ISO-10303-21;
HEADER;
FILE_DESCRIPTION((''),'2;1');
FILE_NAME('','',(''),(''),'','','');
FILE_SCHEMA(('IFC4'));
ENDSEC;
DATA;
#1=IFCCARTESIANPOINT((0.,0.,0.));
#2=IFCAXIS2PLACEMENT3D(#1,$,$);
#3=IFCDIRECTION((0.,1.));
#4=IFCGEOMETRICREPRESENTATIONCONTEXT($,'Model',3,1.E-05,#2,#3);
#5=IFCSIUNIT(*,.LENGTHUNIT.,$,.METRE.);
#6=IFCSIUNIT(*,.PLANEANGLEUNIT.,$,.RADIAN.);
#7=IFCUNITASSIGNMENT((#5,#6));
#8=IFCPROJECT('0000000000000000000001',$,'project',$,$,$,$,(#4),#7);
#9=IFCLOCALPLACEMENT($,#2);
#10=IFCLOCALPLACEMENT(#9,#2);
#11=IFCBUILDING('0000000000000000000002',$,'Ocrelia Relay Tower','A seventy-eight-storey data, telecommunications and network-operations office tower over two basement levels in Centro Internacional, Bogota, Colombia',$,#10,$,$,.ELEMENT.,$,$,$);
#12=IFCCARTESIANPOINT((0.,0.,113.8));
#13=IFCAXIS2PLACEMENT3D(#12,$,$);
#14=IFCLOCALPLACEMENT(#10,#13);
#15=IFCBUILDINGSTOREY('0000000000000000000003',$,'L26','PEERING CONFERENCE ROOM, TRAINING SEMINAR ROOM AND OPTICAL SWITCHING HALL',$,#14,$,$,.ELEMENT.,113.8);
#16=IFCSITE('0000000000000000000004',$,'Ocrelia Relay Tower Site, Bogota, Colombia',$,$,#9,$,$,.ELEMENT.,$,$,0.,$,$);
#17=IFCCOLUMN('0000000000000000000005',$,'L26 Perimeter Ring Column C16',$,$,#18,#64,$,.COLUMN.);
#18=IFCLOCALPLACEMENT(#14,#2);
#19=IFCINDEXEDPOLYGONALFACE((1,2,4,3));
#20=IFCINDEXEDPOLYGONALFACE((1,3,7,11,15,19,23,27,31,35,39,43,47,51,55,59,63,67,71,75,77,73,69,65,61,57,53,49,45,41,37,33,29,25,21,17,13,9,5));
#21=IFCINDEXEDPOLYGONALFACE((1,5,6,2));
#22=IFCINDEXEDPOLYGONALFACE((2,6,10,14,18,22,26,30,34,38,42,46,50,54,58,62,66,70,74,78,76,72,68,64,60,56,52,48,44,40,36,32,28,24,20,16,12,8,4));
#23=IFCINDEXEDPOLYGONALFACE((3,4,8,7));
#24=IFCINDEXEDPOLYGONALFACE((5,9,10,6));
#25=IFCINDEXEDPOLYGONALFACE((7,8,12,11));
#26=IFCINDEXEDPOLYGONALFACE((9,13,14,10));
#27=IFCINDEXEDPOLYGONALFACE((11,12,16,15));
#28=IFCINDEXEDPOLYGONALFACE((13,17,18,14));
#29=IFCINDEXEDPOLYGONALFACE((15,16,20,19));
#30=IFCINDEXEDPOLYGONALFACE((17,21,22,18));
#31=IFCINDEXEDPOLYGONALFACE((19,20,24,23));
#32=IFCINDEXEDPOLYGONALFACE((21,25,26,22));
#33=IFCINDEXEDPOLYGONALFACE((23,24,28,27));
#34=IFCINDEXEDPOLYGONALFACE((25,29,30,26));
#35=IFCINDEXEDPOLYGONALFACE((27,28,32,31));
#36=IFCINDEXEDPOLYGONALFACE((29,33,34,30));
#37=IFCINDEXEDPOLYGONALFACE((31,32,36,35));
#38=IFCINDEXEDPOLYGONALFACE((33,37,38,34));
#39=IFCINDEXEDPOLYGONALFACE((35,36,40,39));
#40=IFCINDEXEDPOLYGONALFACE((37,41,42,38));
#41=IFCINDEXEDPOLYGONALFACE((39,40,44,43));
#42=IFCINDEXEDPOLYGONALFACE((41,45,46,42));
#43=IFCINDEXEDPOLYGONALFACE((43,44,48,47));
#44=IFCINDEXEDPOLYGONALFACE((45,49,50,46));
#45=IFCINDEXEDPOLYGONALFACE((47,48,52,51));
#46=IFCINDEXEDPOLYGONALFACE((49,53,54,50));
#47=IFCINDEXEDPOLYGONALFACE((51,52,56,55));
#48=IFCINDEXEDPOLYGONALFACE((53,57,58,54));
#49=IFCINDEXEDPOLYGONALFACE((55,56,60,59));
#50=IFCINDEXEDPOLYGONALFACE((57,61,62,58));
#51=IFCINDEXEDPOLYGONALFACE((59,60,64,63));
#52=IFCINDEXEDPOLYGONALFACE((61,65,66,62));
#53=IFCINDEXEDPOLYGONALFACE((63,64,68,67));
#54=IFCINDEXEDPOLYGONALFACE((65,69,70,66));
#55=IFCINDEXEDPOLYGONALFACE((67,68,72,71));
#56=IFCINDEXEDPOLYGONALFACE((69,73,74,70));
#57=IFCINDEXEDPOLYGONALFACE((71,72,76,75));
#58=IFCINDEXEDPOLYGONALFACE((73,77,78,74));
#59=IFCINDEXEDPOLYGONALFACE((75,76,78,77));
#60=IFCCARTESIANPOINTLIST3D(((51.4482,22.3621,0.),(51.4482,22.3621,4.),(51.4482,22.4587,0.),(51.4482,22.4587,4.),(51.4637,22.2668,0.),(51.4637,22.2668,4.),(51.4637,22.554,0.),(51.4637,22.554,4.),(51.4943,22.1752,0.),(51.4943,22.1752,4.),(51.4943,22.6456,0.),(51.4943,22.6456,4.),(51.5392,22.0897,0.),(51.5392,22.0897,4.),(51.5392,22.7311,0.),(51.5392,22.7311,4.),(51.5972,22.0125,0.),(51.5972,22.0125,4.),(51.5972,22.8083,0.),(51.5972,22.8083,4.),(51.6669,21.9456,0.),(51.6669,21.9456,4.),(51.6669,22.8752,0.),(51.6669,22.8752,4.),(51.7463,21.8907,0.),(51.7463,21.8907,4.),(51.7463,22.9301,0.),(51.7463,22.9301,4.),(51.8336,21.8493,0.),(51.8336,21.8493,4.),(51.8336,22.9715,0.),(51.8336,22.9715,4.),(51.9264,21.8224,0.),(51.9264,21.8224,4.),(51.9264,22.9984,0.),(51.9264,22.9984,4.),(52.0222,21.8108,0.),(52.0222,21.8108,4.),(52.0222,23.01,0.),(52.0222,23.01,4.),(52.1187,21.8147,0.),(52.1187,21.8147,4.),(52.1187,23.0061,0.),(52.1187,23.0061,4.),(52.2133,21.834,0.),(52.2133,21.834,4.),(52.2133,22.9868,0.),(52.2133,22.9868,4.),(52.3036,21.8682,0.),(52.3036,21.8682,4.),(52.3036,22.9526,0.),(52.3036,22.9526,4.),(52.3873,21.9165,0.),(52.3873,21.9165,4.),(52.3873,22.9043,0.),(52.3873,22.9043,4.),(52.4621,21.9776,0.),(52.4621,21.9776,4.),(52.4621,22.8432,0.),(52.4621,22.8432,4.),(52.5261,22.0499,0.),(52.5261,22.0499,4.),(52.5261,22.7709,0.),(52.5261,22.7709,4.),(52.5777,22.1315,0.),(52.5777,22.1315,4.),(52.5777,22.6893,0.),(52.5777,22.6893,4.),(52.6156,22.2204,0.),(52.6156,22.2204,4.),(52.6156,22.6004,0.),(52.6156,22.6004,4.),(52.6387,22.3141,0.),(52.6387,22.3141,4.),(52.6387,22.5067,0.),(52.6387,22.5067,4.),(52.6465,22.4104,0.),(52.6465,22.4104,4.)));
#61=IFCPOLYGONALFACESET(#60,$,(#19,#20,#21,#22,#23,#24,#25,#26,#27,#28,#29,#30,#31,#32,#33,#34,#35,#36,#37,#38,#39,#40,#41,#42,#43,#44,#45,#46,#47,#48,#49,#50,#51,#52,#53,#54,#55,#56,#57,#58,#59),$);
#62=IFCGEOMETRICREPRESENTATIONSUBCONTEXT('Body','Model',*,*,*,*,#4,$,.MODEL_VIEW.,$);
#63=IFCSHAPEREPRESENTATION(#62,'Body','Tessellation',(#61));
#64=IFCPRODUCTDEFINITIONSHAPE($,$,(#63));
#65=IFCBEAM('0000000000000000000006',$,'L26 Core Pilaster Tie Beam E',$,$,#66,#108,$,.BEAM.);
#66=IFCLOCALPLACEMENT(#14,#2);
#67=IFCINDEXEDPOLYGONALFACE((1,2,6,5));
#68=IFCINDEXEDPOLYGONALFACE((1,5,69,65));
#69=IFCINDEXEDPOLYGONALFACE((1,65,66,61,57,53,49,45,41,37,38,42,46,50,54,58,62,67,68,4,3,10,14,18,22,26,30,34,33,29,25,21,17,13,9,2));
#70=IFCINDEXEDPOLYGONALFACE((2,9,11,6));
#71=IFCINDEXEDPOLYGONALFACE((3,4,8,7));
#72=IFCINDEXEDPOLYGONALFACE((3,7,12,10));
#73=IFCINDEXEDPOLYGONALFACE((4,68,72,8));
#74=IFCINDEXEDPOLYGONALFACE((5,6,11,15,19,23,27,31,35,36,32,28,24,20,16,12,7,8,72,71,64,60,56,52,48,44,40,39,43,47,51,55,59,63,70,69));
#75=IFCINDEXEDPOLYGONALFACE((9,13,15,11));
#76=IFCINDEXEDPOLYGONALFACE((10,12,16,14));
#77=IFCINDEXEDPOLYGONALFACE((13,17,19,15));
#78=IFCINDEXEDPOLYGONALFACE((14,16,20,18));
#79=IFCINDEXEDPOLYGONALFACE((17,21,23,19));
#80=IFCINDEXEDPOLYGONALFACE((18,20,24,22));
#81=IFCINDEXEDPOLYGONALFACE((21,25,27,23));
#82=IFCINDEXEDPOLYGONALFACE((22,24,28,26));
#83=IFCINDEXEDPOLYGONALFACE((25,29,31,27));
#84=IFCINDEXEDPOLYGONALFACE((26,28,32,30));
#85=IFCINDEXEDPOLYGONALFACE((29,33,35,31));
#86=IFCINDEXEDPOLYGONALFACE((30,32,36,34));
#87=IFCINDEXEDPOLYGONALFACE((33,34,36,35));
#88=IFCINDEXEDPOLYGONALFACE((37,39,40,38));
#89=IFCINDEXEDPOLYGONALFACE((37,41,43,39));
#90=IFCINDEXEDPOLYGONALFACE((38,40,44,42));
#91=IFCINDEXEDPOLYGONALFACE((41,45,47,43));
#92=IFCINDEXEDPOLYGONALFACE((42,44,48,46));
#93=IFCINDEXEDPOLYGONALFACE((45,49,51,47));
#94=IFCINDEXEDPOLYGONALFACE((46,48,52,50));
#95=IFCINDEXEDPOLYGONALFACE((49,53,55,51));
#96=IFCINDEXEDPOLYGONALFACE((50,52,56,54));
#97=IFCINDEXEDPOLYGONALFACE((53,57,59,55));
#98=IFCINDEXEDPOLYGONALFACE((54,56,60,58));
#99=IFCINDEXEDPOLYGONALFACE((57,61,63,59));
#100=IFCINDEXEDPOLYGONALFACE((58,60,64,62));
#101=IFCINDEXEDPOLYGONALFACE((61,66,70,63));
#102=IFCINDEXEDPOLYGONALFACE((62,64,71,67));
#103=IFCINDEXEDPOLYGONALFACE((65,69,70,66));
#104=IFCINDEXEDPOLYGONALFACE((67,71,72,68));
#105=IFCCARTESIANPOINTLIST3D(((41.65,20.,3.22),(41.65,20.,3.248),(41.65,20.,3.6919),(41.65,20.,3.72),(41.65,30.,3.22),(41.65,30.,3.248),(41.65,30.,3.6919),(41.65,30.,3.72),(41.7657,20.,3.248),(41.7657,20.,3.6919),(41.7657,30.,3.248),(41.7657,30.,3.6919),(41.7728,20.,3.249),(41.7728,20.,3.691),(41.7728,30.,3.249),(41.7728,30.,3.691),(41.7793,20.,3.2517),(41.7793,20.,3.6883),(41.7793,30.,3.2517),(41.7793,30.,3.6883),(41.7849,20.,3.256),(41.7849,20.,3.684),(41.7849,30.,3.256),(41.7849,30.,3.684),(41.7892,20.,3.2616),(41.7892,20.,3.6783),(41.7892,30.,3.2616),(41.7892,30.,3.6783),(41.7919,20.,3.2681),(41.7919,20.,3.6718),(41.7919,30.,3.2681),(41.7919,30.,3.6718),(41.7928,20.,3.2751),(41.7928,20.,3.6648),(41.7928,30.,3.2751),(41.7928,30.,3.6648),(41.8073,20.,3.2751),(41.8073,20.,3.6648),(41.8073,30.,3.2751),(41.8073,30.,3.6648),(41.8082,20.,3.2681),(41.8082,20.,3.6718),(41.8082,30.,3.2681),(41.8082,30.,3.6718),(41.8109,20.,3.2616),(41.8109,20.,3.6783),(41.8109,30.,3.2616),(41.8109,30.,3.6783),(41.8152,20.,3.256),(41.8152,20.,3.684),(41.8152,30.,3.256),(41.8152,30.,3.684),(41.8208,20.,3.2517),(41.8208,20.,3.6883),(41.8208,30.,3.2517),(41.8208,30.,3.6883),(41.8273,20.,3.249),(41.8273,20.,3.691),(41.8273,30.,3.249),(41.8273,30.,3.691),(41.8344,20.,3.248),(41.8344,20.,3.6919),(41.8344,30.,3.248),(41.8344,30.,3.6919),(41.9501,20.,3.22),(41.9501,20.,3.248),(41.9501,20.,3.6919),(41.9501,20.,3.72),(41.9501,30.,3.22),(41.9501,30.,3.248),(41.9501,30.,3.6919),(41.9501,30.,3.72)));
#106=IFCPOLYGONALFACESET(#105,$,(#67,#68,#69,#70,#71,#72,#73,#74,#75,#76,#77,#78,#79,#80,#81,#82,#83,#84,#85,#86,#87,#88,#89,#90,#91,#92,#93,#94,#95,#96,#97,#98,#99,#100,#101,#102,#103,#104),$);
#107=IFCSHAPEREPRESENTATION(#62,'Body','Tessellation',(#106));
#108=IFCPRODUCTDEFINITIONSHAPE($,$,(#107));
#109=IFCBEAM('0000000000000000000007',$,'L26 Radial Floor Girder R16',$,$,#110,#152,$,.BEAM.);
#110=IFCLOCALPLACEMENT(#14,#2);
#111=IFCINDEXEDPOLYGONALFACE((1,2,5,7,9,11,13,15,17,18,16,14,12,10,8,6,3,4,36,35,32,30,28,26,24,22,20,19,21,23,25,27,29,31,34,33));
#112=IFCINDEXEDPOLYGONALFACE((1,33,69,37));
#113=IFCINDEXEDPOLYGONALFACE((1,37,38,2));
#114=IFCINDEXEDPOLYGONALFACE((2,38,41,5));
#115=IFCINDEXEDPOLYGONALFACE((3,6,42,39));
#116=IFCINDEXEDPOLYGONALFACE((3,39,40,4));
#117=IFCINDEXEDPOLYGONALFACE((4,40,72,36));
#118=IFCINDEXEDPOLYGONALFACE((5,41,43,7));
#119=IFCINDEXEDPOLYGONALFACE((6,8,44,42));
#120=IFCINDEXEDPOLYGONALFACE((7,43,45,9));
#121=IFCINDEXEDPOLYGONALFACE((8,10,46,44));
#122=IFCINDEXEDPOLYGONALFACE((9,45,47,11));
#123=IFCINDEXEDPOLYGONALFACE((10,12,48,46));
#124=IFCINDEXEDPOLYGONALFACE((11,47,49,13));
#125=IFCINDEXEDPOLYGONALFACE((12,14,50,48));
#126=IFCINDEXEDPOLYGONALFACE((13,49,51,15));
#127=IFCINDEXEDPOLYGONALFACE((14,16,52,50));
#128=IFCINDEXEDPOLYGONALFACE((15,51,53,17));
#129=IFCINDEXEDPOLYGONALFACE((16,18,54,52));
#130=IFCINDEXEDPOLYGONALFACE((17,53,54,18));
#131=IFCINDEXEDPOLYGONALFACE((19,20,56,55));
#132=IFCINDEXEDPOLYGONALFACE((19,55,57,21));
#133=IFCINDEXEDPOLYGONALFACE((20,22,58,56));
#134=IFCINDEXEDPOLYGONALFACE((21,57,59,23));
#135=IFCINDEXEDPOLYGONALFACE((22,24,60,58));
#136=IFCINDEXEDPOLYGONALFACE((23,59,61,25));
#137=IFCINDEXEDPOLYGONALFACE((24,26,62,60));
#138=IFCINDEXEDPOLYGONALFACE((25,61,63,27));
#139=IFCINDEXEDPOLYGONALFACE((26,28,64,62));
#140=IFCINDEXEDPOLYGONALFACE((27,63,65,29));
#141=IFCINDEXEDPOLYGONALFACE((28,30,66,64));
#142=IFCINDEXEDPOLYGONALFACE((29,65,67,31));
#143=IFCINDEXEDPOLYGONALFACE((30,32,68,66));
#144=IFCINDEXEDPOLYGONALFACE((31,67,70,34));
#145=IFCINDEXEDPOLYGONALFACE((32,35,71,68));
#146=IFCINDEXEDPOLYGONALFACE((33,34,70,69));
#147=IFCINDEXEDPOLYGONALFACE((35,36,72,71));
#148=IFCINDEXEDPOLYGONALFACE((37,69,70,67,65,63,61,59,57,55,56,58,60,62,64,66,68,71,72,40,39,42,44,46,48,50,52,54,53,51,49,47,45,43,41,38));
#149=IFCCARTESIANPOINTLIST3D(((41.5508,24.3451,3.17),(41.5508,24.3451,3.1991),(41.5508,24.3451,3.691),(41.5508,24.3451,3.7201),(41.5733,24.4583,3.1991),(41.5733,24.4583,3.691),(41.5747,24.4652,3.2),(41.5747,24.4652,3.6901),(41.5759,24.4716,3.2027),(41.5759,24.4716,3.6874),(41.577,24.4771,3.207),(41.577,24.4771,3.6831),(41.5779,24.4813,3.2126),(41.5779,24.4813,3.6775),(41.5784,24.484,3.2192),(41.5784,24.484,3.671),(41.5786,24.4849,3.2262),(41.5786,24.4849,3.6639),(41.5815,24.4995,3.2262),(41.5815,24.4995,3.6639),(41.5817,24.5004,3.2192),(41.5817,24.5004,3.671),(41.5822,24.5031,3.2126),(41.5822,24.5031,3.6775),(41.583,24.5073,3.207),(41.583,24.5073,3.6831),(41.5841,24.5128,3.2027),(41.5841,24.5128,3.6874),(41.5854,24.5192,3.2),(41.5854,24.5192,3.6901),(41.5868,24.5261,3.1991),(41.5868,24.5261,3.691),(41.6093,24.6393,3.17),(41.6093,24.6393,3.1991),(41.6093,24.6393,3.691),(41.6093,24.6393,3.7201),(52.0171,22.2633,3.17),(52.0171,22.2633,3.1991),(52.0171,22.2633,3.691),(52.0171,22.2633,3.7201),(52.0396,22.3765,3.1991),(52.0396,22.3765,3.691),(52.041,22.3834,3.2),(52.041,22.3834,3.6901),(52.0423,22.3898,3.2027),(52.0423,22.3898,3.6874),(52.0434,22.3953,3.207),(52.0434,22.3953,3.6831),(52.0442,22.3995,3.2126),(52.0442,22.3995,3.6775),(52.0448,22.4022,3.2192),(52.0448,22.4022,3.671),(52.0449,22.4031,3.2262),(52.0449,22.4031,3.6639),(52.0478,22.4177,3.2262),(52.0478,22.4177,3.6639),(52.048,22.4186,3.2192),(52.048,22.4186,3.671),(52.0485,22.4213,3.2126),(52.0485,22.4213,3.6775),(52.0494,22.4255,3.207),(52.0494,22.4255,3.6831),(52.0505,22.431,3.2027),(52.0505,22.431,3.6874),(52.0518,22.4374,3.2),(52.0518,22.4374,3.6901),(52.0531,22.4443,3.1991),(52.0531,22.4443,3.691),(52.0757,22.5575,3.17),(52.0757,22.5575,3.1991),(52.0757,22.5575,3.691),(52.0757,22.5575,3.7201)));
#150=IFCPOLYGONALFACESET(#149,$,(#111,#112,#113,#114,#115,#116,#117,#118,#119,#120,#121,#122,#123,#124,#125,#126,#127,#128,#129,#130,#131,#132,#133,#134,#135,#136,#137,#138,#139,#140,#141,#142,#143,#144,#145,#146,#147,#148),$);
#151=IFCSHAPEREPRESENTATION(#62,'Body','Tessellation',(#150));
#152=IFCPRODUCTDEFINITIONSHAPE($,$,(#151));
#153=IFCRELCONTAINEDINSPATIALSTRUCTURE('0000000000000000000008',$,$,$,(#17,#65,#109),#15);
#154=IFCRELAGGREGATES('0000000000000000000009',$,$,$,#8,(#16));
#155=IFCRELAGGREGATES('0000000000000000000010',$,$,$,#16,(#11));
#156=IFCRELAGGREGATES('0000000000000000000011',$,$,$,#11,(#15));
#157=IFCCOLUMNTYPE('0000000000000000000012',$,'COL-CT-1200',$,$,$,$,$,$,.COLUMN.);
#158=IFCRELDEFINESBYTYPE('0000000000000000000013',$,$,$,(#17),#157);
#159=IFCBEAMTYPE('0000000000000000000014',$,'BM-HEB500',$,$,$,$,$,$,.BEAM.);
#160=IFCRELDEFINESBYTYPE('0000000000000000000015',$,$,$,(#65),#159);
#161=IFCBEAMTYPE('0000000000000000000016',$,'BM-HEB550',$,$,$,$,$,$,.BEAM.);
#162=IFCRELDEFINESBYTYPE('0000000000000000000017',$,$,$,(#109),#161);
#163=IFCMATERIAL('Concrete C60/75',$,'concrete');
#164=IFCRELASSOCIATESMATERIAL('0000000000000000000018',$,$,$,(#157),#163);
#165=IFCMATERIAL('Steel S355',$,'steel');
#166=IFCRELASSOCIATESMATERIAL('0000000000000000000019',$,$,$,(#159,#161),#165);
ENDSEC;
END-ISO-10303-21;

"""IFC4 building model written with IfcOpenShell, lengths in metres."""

from ifc_helpers import new_model, si_unit, direction, frame, origin, origin_2d, place, context, subcontext, project, spatial, circle, i_section, extrude, material, material_profile, profile_set, type_object, element, save


model = new_model("IFC4")

# Units and contexts
model_context = context("Model", 3, precision=1e-05, world=origin(), true_north=direction((0.0, 1.0)))
body_context = subcontext(model_context, "Body", "Model", "MODEL_VIEW")
ifc_project = project(units=[si_unit("LENGTHUNIT", "METRE"), si_unit("PLANEANGLEUNIT", "RADIAN")], contexts=[model_context])

# Site, building, storey
site_placement = place(None, origin())
site = spatial("IfcSite", under=ifc_project, at=site_placement, Name="Ocrelia Relay Tower Site, Bogota, Colombia", CompositionType="ELEMENT", RefElevation=0.0)
building_placement = place(site_placement, origin())
building = spatial("IfcBuilding", under=site, at=building_placement, Name="Ocrelia Relay Tower", Description="A seventy-eight-storey data, telecommunications and network-operations office tower over two basement levels in Centro Internacional, Bogota, Colombia", CompositionType="ELEMENT")
storey_placement = place(building_placement, frame((0.0, 0.0, 113.8)))
storey = spatial("IfcBuildingStorey", under=building, at=storey_placement, Name="L26", Description="PEERING CONFERENCE ROOM, TRAINING SEMINAR ROOM AND OPTICAL SWITCHING HALL", CompositionType="ELEMENT", Elevation=113.8)

# Column
ifc_material_1 = material(Name="Concrete C60/75", Category="concrete")
ifc_material_profile_1 = material_profile(ifc_material_1, circle(Radius=0.6001, at=origin_2d()), Name="RC-CIR-1200")
ifc_profile_set_1 = profile_set([ifc_material_profile_1], Name="Concrete C60/75")
column_type = type_object("IfcColumnType", Name="COL-CT-1200", PredefinedType="COLUMN", material=ifc_profile_set_1)
column_placement = place(storey_placement, frame((52.0464, 22.4104, 0.0), z_axis=(0.0, 0.0, 1.0), x_axis=(1.0, 0.0, 0.0)))
element("IfcColumn", 1, at=column_placement, inside=storey, type_object=column_type, Name="L26 Perimeter Ring Column C16", PredefinedType="COLUMN", context=body_context, shape_type="SweptSolid", body=[
    extrude(circle(Radius=0.6001, at=origin_2d()), origin(), (0.0, 0.0, 1.0), 4.0),
])

# Beams
ifc_material_2 = material(Name="Steel S355", Category="steel")
ifc_material_profile_2 = material_profile(ifc_material_2, i_section(OverallWidth=0.3, OverallDepth=0.5, WebThickness=0.0144, FlangeThickness=0.0281, FilletRadius=0.0271, at=origin_2d()), Name="HEB 500")
ifc_profile_set_2 = profile_set([ifc_material_profile_2], Name="Steel S355")
beam_type_1 = type_object("IfcBeamType", Name="BM-HEB500", PredefinedType="BEAM", material=ifc_profile_set_2)
beam_1_placement = place(storey_placement, frame((41.8, 20.0, 3.47), z_axis=(0.0, 1.0, 0.0), x_axis=(-1.0, 0.0, 0.0)))
element("IfcBeam", 2, at=beam_1_placement, inside=storey, type_object=beam_type_1, Name="L26 Core Pilaster Tie Beam E", PredefinedType="BEAM", context=body_context, shape_type="SweptSolid", body=[
    extrude(i_section(OverallWidth=0.3, OverallDepth=0.5, WebThickness=0.0144, FlangeThickness=0.0281, FilletRadius=0.0271, at=origin_2d()), origin(), (0.0, 0.0, 1.0), 10.0),
])
ifc_material_profile_3 = material_profile(ifc_material_2, i_section(OverallWidth=0.3, OverallDepth=0.55, WebThickness=0.0149, FlangeThickness=0.0291, FilletRadius=0.0271, at=origin_2d()), Name="HEB 550")
ifc_profile_set_3 = profile_set([ifc_material_profile_3], Name="Steel S355")
beam_type_2 = type_object("IfcBeamType", Name="BM-HEB550", PredefinedType="BEAM", material=ifc_profile_set_3)
beam_2_placement = place(storey_placement, frame((52.0464, 22.4104, 3.4451), z_axis=(-0.980787, 0.195082, 0.0), x_axis=(-0.195082, -0.980787, 0.0)))
element("IfcBeam", 3, at=beam_2_placement, inside=storey, type_object=beam_type_2, Name="L26 Radial Floor Girder R16", PredefinedType="BEAM", context=body_context, shape_type="SweptSolid", body=[
    extrude(i_section(OverallWidth=0.3, OverallDepth=0.55, WebThickness=0.0149, FlangeThickness=0.0291, FilletRadius=0.0271, at=origin_2d()), origin(), (0.0, 0.0, 1.0), 10.6714),
])

save(model, "model.ifc")
